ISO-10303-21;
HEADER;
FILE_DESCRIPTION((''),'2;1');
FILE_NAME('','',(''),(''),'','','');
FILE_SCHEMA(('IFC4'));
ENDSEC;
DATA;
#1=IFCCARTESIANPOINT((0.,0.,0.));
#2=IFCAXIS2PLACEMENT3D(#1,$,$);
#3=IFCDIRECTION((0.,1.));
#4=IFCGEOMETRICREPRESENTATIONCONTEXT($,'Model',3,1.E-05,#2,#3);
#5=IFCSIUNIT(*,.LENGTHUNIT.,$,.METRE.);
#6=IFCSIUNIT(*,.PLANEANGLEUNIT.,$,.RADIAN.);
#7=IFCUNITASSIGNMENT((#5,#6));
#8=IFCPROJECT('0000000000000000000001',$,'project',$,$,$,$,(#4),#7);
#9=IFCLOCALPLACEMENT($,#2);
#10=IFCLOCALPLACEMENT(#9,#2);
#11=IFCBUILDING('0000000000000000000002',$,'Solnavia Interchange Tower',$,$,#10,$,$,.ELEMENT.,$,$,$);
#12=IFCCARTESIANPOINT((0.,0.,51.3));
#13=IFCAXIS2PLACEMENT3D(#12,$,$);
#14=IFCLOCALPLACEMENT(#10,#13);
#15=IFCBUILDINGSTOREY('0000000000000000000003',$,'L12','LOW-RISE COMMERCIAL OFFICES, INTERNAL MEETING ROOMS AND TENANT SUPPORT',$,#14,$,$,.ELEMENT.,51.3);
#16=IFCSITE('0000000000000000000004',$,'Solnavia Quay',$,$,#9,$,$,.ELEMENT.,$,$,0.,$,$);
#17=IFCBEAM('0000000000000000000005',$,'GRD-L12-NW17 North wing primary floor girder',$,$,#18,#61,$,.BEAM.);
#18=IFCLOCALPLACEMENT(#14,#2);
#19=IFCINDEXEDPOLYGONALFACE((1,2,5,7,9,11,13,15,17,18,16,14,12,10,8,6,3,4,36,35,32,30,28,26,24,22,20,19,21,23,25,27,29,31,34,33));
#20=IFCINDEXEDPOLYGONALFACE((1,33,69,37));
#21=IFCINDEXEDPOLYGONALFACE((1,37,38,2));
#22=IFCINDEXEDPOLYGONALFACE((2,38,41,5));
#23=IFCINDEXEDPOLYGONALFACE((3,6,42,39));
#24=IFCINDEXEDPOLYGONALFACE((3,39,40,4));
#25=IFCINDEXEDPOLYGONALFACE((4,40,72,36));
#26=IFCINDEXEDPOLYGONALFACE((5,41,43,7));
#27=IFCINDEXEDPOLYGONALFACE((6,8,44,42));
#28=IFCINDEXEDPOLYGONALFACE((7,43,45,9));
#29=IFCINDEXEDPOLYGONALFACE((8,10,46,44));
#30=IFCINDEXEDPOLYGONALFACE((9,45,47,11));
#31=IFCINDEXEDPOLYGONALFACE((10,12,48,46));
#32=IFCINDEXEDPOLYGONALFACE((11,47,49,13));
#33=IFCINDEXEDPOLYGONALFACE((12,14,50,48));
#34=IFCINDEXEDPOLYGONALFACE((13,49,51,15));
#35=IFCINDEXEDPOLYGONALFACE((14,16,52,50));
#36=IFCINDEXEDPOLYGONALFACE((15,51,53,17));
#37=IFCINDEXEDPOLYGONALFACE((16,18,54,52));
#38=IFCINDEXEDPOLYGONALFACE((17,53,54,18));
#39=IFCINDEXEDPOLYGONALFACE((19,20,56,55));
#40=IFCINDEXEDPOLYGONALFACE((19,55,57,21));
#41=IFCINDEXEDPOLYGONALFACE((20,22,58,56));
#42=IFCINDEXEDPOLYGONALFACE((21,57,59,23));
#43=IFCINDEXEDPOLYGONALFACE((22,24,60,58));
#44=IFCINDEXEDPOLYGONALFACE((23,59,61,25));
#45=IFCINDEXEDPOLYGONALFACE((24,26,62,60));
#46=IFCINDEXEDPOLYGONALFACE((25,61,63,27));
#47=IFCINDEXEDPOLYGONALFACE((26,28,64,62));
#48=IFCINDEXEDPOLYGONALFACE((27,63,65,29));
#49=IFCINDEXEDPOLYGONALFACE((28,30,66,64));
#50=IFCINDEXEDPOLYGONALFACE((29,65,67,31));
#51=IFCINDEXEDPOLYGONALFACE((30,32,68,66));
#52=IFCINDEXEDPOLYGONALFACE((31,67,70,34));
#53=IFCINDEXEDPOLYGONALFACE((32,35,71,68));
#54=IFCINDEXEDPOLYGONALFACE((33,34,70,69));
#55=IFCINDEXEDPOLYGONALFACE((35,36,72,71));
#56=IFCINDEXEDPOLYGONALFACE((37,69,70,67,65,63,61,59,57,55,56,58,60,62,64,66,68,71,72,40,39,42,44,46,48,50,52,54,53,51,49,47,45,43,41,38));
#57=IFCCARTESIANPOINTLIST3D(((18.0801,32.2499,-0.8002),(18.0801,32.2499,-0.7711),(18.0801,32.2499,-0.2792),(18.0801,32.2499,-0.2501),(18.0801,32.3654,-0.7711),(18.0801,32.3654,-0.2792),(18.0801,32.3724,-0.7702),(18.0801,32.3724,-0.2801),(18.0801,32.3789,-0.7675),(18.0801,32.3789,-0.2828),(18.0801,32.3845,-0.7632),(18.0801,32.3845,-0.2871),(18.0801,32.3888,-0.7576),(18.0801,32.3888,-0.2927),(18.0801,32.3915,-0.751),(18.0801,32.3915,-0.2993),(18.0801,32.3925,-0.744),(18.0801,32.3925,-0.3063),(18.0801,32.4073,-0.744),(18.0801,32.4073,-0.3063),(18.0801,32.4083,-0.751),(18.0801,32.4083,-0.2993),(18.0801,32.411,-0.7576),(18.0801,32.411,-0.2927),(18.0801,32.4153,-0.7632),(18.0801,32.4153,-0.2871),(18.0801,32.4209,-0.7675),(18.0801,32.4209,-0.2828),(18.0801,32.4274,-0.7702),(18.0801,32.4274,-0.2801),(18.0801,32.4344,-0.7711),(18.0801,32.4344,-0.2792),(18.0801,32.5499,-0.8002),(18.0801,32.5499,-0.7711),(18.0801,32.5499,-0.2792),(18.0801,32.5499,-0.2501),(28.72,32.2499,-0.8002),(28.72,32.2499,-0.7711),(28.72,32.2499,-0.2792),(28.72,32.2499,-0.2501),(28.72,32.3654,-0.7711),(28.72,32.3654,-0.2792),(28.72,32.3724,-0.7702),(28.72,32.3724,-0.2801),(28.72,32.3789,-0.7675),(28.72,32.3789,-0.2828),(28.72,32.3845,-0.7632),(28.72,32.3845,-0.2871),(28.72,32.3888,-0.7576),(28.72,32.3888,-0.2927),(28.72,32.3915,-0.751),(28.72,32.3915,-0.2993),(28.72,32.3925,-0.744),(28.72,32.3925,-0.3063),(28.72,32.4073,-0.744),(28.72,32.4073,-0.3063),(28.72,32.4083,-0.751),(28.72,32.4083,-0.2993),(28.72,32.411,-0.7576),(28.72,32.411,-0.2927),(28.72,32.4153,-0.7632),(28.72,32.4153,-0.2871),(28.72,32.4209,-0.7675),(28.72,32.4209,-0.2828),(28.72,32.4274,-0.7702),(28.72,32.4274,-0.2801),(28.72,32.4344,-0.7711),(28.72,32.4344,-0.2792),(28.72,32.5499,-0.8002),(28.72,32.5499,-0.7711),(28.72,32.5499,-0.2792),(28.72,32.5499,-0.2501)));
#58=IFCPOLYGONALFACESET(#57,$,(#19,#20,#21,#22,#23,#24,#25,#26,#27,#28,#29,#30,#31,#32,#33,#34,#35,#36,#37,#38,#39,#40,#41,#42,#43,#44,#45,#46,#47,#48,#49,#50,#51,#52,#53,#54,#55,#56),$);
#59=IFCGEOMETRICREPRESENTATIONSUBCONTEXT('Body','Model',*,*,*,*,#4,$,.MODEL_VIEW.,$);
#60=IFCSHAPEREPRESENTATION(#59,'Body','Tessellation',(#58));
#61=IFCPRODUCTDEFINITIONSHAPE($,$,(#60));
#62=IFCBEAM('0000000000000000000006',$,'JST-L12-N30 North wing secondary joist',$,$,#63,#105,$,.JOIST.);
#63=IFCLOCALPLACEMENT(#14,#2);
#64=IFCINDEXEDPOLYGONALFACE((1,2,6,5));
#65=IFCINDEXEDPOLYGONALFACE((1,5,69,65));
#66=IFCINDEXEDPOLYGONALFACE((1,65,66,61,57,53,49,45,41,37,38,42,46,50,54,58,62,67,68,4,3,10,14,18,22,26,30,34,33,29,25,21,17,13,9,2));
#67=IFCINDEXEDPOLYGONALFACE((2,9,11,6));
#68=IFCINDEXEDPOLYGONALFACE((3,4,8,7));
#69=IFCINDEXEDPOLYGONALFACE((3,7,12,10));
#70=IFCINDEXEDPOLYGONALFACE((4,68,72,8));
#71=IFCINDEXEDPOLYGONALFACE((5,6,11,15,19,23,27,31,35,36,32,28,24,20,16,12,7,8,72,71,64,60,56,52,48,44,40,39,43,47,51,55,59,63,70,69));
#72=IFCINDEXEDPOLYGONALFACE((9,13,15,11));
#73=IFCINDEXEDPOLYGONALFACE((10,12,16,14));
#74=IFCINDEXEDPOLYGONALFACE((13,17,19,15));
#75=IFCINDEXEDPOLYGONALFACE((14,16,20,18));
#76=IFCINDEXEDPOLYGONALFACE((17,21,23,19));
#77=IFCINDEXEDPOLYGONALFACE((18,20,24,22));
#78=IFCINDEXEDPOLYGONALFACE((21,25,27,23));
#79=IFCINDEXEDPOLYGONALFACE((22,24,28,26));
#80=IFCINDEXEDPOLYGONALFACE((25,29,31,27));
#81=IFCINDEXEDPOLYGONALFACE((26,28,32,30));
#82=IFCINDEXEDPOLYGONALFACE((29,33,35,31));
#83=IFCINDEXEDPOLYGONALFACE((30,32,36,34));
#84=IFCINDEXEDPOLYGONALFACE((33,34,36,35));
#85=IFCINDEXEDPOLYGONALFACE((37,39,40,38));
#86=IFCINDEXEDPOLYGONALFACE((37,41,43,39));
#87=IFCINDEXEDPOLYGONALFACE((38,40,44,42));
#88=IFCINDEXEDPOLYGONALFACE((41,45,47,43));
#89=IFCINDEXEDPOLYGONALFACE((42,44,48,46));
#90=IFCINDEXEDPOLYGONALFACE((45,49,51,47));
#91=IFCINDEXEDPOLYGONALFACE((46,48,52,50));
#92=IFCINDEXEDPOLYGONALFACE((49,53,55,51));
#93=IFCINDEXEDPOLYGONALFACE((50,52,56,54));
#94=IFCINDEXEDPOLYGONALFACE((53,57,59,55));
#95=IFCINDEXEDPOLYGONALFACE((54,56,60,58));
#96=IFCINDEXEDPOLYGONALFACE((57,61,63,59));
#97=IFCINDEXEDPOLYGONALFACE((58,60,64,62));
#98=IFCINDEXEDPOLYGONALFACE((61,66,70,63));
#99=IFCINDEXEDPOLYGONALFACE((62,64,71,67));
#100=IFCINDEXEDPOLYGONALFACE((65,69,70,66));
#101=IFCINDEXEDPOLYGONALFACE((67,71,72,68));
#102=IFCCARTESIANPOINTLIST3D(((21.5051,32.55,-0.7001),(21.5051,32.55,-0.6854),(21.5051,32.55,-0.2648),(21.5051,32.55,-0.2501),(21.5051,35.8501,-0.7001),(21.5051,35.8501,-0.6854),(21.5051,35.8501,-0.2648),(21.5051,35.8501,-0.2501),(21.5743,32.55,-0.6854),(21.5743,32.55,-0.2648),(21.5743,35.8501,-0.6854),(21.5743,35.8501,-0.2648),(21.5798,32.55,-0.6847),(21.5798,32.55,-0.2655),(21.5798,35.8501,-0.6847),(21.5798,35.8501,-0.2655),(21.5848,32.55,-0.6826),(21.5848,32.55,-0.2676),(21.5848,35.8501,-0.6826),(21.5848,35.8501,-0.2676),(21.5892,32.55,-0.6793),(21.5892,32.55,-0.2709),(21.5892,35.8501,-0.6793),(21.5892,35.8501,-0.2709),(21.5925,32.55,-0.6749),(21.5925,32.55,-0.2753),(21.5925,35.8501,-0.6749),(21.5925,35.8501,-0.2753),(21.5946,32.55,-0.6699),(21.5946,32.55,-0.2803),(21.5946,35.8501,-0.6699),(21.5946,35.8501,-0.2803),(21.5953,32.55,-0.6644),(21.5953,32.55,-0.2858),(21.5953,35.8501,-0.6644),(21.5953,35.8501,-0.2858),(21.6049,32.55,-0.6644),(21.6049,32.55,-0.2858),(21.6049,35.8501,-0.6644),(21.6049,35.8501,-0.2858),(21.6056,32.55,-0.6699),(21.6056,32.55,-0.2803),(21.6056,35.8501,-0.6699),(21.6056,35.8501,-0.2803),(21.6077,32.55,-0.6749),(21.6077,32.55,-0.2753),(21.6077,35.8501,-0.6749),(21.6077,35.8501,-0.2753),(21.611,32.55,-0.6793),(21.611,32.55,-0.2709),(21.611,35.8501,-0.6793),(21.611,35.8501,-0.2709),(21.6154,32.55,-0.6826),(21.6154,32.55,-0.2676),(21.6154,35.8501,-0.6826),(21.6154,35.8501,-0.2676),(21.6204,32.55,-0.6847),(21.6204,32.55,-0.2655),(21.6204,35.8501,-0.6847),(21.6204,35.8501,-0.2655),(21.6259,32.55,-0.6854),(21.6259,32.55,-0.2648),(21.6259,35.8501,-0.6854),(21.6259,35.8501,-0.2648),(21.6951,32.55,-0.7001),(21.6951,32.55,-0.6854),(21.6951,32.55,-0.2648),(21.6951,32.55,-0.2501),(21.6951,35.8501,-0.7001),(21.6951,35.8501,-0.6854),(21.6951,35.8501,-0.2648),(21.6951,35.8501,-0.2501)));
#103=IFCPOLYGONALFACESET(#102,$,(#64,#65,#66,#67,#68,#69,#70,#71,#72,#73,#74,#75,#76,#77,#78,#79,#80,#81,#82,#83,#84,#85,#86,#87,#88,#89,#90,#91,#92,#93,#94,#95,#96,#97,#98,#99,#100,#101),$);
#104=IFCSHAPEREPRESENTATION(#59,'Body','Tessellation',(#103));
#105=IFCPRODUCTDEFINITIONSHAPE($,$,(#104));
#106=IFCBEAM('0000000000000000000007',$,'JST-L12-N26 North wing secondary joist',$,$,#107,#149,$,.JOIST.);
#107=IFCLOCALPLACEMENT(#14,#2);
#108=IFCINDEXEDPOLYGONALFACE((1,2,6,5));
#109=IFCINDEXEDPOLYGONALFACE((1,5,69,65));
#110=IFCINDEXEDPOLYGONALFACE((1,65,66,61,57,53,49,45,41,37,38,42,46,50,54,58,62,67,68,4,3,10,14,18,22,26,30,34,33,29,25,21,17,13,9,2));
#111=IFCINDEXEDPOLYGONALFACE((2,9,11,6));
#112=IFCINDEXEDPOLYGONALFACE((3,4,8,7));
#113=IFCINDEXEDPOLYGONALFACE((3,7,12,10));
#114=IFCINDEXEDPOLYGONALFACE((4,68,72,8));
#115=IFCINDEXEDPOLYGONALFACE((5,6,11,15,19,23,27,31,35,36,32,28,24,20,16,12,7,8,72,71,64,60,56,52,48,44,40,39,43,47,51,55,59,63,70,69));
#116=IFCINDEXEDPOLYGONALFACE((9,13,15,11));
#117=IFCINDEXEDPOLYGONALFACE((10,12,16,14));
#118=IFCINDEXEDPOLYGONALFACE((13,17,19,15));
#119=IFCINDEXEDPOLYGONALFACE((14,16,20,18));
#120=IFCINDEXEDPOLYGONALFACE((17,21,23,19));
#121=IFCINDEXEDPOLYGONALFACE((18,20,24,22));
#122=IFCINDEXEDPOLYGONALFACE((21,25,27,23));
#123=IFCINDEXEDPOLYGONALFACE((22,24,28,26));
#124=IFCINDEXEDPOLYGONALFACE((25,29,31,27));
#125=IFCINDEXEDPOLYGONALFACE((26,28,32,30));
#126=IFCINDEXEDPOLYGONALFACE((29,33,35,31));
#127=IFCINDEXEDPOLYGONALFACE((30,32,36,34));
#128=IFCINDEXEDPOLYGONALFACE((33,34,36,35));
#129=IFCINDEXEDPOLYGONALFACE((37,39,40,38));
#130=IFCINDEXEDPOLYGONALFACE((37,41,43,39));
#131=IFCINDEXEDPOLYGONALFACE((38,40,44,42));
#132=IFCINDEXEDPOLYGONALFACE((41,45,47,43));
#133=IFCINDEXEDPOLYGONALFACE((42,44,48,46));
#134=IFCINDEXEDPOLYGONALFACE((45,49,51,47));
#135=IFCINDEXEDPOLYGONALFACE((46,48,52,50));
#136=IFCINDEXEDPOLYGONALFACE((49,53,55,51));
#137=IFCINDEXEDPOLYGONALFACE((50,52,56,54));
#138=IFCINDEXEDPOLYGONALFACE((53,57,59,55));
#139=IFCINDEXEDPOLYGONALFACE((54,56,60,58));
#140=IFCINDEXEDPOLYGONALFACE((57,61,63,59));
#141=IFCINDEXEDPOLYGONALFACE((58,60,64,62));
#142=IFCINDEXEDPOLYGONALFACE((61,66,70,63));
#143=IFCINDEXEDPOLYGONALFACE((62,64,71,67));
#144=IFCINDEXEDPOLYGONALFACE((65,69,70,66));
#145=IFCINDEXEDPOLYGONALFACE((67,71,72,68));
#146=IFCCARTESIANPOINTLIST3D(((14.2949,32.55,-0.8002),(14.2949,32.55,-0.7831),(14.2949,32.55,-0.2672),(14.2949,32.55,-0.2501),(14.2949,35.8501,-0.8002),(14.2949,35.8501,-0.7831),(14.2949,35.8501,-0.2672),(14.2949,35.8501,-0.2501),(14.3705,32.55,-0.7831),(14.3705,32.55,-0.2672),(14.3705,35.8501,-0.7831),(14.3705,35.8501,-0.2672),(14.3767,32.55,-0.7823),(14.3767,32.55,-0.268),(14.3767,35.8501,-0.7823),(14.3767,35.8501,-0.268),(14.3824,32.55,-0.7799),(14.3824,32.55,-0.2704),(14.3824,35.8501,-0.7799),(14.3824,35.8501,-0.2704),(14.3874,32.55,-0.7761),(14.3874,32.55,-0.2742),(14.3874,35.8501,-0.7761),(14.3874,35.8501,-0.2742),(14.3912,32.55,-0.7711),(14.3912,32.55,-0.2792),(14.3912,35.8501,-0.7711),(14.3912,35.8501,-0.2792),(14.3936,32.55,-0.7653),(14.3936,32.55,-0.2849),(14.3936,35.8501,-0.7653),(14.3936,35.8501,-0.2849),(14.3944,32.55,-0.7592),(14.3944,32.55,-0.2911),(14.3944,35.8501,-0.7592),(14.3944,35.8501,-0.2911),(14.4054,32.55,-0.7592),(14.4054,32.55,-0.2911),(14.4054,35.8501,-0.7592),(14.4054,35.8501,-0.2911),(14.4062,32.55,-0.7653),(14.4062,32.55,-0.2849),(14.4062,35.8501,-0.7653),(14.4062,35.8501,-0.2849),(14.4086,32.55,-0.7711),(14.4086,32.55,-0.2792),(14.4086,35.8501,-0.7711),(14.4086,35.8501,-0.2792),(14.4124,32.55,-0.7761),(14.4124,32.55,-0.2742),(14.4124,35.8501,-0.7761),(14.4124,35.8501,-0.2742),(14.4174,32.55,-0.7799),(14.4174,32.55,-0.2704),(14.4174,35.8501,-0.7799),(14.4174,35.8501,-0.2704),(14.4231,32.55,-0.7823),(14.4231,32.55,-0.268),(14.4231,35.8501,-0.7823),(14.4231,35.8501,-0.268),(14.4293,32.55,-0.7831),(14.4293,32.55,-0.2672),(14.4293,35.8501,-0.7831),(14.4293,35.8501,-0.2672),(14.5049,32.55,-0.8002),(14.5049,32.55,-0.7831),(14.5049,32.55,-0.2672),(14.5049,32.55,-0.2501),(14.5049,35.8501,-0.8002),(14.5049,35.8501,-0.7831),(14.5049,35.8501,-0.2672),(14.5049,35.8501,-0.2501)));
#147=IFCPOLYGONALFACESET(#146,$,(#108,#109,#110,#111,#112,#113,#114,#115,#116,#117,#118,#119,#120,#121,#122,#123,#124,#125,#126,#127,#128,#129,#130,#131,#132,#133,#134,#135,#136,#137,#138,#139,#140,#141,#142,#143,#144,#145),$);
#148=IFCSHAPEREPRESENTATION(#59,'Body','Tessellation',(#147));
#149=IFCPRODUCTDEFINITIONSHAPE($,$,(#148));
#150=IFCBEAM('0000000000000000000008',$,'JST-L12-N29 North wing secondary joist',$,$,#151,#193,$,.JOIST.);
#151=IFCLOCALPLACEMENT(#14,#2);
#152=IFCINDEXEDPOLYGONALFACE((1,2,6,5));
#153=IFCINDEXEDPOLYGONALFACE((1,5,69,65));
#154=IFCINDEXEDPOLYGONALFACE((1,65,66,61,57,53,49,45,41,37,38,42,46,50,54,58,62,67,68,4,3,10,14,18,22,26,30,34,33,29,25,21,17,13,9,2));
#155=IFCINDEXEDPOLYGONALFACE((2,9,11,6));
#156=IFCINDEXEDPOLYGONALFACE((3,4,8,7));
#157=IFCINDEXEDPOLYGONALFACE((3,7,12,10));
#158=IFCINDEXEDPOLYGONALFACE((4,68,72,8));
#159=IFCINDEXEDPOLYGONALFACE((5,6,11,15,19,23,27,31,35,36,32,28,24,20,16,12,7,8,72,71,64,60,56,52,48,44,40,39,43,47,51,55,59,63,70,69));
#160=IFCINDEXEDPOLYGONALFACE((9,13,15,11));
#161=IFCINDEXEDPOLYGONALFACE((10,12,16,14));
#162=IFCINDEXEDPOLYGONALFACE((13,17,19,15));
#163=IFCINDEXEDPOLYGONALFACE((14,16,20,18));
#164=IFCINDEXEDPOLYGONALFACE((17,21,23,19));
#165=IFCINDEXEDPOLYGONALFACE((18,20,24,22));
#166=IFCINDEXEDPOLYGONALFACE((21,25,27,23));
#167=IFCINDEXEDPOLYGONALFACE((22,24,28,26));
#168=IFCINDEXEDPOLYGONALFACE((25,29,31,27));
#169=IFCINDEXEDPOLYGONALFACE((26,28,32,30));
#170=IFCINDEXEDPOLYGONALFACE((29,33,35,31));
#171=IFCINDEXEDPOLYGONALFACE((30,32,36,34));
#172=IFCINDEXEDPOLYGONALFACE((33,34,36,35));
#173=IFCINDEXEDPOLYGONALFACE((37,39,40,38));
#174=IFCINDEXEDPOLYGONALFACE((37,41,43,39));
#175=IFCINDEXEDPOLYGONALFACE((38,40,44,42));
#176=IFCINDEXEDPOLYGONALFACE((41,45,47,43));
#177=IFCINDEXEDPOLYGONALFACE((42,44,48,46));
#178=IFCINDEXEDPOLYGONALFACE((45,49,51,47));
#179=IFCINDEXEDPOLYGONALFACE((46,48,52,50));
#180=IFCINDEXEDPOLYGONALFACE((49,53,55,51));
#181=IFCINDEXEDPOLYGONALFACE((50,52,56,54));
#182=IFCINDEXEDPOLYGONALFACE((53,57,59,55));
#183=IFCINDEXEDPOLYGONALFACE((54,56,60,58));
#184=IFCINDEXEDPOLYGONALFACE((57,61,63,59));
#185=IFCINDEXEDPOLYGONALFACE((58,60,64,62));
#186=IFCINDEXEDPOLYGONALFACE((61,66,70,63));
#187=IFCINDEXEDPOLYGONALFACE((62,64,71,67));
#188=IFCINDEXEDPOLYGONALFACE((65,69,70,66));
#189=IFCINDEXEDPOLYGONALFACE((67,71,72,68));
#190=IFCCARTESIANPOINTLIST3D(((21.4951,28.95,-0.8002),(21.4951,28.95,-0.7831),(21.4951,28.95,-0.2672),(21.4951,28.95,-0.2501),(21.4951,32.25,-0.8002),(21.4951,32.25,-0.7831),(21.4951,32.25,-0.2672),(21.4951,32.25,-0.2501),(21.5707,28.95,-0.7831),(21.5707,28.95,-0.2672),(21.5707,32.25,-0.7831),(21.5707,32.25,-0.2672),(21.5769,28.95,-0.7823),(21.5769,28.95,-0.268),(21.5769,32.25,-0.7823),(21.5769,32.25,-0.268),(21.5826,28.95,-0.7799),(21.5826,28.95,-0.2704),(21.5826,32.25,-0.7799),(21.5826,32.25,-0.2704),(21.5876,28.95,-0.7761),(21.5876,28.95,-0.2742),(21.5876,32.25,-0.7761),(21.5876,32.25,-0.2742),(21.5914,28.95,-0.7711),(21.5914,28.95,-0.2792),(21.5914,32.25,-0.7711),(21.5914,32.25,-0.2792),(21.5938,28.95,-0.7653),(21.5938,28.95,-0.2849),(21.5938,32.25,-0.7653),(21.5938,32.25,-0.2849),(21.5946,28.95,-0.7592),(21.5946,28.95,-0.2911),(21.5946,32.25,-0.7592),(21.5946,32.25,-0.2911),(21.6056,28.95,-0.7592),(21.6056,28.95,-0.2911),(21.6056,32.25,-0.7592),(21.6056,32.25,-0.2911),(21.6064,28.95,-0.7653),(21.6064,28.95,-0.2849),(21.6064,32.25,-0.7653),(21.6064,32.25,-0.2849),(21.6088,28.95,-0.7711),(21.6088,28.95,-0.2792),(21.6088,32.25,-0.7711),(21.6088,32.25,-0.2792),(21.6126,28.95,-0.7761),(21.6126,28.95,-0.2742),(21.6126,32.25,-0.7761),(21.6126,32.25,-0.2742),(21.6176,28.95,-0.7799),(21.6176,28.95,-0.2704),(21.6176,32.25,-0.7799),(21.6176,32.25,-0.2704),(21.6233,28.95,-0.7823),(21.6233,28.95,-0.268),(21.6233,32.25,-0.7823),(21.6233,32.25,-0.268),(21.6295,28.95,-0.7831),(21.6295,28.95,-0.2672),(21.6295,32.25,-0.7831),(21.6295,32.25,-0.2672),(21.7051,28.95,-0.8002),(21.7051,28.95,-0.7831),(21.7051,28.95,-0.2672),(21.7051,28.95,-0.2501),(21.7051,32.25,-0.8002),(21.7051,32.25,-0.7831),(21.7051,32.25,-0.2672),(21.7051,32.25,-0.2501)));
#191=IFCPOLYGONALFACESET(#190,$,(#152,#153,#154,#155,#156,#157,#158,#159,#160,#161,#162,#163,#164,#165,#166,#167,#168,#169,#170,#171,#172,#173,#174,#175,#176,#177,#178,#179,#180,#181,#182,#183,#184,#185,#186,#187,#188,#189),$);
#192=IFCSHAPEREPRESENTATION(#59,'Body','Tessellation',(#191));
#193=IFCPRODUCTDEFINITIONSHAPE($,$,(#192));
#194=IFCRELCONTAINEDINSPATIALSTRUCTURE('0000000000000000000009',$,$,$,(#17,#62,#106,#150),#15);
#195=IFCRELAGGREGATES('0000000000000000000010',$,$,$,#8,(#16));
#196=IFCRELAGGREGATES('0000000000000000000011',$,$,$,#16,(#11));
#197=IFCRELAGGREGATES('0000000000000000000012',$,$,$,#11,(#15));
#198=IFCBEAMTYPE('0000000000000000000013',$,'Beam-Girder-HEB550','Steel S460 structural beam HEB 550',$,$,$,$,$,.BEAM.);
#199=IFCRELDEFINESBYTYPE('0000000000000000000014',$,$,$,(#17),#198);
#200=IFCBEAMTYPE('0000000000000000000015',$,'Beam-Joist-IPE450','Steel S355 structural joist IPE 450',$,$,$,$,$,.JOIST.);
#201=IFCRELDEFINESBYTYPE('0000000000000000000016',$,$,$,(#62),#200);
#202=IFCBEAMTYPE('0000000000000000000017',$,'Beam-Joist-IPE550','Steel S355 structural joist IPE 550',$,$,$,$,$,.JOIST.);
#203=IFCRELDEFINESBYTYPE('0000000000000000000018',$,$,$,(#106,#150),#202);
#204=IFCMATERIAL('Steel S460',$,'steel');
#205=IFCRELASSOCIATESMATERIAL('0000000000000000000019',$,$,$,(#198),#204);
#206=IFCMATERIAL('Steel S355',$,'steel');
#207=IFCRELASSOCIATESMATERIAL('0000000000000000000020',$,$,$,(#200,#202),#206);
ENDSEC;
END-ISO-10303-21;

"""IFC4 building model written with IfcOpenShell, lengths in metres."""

from ifc_helpers import new_model, si_unit, direction, frame, origin, origin_2d, place, context, subcontext, project, spatial, i_section, extrude, material, material_profile, profile_set, type_object, element, save


model = new_model("IFC4")

# Units and contexts
model_context = context("Model", 3, precision=1e-05, world=origin(), true_north=direction((0.0, 1.0)))
body_context = subcontext(model_context, "Body", "Model", "MODEL_VIEW")
ifc_project = project(units=[si_unit("LENGTHUNIT", "METRE"), si_unit("PLANEANGLEUNIT", "RADIAN")], contexts=[model_context])

# Site, building, storey
site_placement = place(None, origin())
site = spatial("IfcSite", under=ifc_project, at=site_placement, Name="Solnavia Quay", CompositionType="ELEMENT", RefElevation=0.0)
building_placement = place(site_placement, origin())
building = spatial("IfcBuilding", under=site, at=building_placement, Name="Solnavia Interchange Tower", CompositionType="ELEMENT")
storey_placement = place(building_placement, frame((0.0, 0.0, 51.3)))
storey = spatial("IfcBuildingStorey", under=building, at=storey_placement, Name="L12", Description="LOW-RISE COMMERCIAL OFFICES, INTERNAL MEETING ROOMS AND TENANT SUPPORT", CompositionType="ELEMENT", Elevation=51.3)

# Shared definitions
ifc_material_1 = material(Name="Steel S355", Category="steel")

# Beams
ifc_material_2 = material(Name="Steel S460", Category="steel")
ifc_material_profile_1 = material_profile(ifc_material_2, i_section(OverallWidth=0.3, OverallDepth=0.55, WebThickness=0.0149, FlangeThickness=0.0291, FilletRadius=0.0271, at=origin_2d()), Name="HEB 550")
ifc_profile_set_1 = profile_set([ifc_material_profile_1], Name="Steel S460")
beam_type_1 = type_object("IfcBeamType", Name="Beam-Girder-HEB550", Description="Steel S460 structural beam HEB 550", PredefinedType="BEAM", material=ifc_profile_set_1)
beam_1_placement = place(storey_placement, frame((18.0801, 32.3999, -0.5251), z_axis=(1.0, 0.0, 0.0), x_axis=(0.0, 1.0, 0.0)))
element("IfcBeam", 1, at=beam_1_placement, inside=storey, type_object=beam_type_1, Name="GRD-L12-NW17 North wing primary floor girder", PredefinedType="BEAM", context=body_context, shape_type="SweptSolid", body=[
    extrude(i_section(OverallWidth=0.3, OverallDepth=0.55, WebThickness=0.0149, FlangeThickness=0.0291, FilletRadius=0.0271, at=origin_2d()), origin(), (0.0, 0.0, 1.0), 10.6399),
])
ifc_material_profile_2 = material_profile(ifc_material_1, i_section(OverallWidth=0.1899, OverallDepth=0.45, WebThickness=0.0095, FlangeThickness=0.0146, FilletRadius=0.021, at=origin_2d()), Name="IPE 450")
ifc_profile_set_2 = profile_set([ifc_material_profile_2], Name="Steel S355")
beam_type_2 = type_object("IfcBeamType", Name="Beam-Joist-IPE450", Description="Steel S355 structural joist IPE 450", PredefinedType="JOIST", material=ifc_profile_set_2)
beam_2_placement = place(storey_placement, frame((21.6001, 32.55, -0.4751), z_axis=(0.0, 1.0, 0.0), x_axis=(-1.0, 0.0, 0.0)))
element("IfcBeam", 2, at=beam_2_placement, inside=storey, type_object=beam_type_2, Name="JST-L12-N30 North wing secondary joist", PredefinedType="JOIST", context=body_context, shape_type="SweptSolid", body=[
    extrude(i_section(OverallWidth=0.1899, OverallDepth=0.45, WebThickness=0.0095, FlangeThickness=0.0146, FilletRadius=0.021, at=origin_2d()), origin(), (0.0, 0.0, 1.0), 3.3),
])
ifc_material_profile_3 = material_profile(ifc_material_1, i_section(OverallWidth=0.21, OverallDepth=0.55, WebThickness=0.011, FlangeThickness=0.0171, FilletRadius=0.0239, at=origin_2d()), Name="IPE 550")
ifc_profile_set_3 = profile_set([ifc_material_profile_3], Name="Steel S355")
beam_type_3 = type_object("IfcBeamType", Name="Beam-Joist-IPE550", Description="Steel S355 structural joist IPE 550", PredefinedType="JOIST", material=ifc_profile_set_3)
for number, where, z_axis, x_axis, name in (
    (3, (14.3999, 32.55, -0.5251), (0.0, 1.0, 0.0), (-1.0, 0.0, 0.0), "JST-L12-N26 North wing secondary joist"),
    (4, (21.6001, 28.95, -0.5251), (0.0, 1.0, 0.0), (-1.0, 0.0, 0.0), "JST-L12-N29 North wing secondary joist"),
):
    element("IfcBeam", number, at=place(storey_placement, frame(where, z_axis=z_axis, x_axis=x_axis)), inside=storey, type_object=beam_type_3, Name=name, PredefinedType="JOIST", context=body_context, shape_type="SweptSolid", body=[
        extrude(i_section(OverallWidth=0.21, OverallDepth=0.55, WebThickness=0.011, FlangeThickness=0.0171, FilletRadius=0.0239, at=origin_2d()), origin(), (0.0, 0.0, 1.0), 3.3),
    ])

save(model, "model.ifc")
